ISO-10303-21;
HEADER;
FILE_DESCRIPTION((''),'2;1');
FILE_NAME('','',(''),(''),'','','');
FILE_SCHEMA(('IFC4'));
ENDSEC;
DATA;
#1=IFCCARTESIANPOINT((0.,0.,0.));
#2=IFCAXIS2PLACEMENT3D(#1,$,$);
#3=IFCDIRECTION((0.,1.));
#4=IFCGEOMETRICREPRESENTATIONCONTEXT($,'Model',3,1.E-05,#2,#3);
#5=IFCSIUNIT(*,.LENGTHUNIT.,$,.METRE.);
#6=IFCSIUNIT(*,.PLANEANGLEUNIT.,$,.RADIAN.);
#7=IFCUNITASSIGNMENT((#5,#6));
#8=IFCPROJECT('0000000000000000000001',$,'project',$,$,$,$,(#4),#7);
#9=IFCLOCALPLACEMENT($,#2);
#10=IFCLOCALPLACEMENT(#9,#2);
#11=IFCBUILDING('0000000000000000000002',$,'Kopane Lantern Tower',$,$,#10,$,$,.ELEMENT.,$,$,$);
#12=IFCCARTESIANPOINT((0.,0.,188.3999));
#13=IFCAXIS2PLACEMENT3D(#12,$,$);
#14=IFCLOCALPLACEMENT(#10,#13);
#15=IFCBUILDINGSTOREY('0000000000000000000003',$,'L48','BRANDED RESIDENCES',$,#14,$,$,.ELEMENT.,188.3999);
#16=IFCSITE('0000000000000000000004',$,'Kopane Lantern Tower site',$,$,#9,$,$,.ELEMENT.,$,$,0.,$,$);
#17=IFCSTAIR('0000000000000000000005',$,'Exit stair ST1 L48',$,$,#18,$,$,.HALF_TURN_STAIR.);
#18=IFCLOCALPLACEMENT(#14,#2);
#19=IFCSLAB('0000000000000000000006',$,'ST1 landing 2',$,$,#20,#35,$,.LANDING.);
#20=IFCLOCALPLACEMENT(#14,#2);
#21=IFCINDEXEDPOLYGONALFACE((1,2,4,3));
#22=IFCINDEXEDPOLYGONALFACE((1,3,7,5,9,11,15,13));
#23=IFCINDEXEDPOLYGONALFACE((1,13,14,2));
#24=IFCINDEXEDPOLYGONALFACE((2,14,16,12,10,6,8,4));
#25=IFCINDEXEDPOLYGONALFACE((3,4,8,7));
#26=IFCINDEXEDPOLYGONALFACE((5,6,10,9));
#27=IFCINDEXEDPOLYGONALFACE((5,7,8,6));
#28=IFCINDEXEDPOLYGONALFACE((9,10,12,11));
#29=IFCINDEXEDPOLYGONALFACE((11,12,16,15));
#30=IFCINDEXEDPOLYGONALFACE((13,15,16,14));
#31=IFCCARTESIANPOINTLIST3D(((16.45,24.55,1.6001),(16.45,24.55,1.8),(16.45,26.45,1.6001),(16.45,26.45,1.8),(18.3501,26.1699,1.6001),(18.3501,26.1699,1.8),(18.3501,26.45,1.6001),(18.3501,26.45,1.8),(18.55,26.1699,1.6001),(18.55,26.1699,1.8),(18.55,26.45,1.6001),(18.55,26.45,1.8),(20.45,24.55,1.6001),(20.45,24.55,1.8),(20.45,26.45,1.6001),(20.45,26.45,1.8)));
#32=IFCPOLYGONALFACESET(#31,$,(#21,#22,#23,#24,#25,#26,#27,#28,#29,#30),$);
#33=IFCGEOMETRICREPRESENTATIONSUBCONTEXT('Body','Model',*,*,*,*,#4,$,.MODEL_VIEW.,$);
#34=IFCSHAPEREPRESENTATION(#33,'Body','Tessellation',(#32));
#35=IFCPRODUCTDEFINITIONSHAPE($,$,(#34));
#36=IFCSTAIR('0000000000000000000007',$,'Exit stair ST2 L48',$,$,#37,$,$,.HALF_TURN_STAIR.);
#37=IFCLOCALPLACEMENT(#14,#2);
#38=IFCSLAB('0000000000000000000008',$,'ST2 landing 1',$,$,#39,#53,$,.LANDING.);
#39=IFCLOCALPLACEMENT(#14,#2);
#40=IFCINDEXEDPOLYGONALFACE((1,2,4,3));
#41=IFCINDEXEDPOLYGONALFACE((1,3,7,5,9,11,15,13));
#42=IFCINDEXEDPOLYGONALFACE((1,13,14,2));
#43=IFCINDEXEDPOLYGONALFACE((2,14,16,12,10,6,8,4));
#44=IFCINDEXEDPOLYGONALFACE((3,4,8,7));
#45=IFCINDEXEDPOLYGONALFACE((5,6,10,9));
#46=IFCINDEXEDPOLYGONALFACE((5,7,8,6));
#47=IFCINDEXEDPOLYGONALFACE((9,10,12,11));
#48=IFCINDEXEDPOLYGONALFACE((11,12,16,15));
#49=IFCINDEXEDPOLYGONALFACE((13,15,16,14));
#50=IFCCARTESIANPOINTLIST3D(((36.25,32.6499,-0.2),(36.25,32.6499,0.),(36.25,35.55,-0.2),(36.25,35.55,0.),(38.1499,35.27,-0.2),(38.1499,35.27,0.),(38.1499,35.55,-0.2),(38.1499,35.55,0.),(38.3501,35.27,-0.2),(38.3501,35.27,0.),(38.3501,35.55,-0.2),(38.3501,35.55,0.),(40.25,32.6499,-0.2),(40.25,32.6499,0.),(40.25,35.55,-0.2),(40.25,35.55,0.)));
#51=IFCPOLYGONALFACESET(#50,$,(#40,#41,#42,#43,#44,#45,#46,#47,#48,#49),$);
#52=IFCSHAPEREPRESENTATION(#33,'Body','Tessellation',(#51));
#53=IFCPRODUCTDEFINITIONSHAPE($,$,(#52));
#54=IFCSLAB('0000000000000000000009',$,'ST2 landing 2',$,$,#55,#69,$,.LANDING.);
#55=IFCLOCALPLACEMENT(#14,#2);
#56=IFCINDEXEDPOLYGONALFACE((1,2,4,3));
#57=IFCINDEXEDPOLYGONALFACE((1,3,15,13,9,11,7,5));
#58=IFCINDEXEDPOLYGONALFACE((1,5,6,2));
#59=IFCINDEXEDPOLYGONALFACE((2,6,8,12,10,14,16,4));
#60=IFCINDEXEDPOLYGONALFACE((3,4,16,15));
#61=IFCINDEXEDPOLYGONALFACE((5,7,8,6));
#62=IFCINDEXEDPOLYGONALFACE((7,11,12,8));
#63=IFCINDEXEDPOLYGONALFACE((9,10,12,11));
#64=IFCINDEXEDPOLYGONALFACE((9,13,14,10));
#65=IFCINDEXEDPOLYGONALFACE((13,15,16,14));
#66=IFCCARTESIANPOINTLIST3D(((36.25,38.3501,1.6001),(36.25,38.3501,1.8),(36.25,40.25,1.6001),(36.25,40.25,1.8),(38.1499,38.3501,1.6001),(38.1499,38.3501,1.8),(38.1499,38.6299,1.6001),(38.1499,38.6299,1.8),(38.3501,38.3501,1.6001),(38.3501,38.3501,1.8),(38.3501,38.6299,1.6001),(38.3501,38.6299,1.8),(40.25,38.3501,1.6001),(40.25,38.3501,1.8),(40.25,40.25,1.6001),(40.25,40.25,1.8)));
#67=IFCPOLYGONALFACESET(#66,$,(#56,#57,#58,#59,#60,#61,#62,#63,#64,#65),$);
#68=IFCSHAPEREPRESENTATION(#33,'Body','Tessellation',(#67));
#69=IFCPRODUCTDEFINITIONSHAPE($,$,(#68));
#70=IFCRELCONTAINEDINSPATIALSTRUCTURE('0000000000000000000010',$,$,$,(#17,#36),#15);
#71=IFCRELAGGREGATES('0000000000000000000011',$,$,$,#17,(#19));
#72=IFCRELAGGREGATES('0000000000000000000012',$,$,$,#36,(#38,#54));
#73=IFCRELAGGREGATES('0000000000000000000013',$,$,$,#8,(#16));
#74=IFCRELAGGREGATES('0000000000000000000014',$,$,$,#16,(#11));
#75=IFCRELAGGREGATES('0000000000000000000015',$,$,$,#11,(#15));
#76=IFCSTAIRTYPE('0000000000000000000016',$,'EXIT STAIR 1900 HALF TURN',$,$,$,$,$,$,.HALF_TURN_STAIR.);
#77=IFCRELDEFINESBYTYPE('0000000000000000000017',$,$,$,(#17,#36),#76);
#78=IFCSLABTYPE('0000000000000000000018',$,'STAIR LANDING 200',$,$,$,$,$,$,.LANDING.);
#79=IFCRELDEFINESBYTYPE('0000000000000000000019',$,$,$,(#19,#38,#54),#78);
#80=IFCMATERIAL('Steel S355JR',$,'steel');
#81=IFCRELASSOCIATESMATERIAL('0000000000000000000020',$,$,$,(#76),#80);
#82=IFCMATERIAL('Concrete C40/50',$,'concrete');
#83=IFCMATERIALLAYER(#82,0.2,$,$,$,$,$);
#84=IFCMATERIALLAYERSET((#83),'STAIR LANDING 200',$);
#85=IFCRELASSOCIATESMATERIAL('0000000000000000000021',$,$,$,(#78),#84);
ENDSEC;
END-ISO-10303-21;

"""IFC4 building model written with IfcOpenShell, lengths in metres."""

from ifc_helpers import new_model, si_unit, direction, frame, origin, place, context, subcontext, project, spatial, polyline, outline, extrude, material, layer, layer_set, type_object, element, aggregate, save


model = new_model("IFC4")

# Units and contexts
model_context = context("Model", 3, precision=1e-05, world=origin(), true_north=direction((0.0, 1.0)))
body_context = subcontext(model_context, "Body", "Model", "MODEL_VIEW")
ifc_project = project(units=[si_unit("LENGTHUNIT", "METRE"), si_unit("PLANEANGLEUNIT", "RADIAN")], contexts=[model_context])

# Site, building, storey
site_placement = place(None, origin())
site = spatial("IfcSite", under=ifc_project, at=site_placement, Name="Kopane Lantern Tower site", CompositionType="ELEMENT", RefElevation=0.0)
building_placement = place(site_placement, origin())
building = spatial("IfcBuilding", under=site, at=building_placement, Name="Kopane Lantern Tower", CompositionType="ELEMENT")
storey_placement = place(building_placement, frame((0.0, 0.0, 188.3999)))
storey = spatial("IfcBuildingStorey", under=building, at=storey_placement, Name="L48", Description="BRANDED RESIDENCES", CompositionType="ELEMENT", Elevation=188.3999)

# Stairs, slabs
ifc_material_1 = material(Name="Steel S355JR", Category="steel")
stair_type = type_object("IfcStairType", Name="EXIT STAIR 1900 HALF TURN", PredefinedType="HALF_TURN_STAIR", material=ifc_material_1)
stair_1_placement = place(storey_placement, origin())
stair_1 = element("IfcStair", 1, at=stair_1_placement, inside=storey, type_object=stair_type, Name="Exit stair ST1 L48", PredefinedType="HALF_TURN_STAIR")
ifc_material_2 = material(Name="Concrete C40/50", Category="concrete")
ifc_layer_1 = layer(ifc_material_2, 0.2)
ifc_layer_set_1 = layer_set([ifc_layer_1], Name="STAIR LANDING 200")
slab_type_1 = type_object("IfcSlabType", Name="STAIR LANDING 200", PredefinedType="LANDING", material=ifc_layer_set_1)
slab_1_placement = place(storey_placement, frame((0.0, 0.0, 1.6001)))
slab_1 = element("IfcSlab", 2, at=slab_1_placement, type_object=slab_type_1, Name="ST1 landing 2", PredefinedType="LANDING", context=body_context, shape_type="SweptSolid", body=[
    extrude(outline(polyline([(20.45, 26.45), (18.55, 26.45), (18.55, 26.1699), (18.3501, 26.1699), (18.3501, 26.45), (16.45, 26.45), (16.45, 24.55), (20.45, 24.55), (20.45, 26.45)])), origin(), (0.0, 0.0, 1.0), 0.2),
])
aggregate(stair_1, [slab_1])
stair_2_placement = place(storey_placement, origin())
stair_2 = element("IfcStair", 3, at=stair_2_placement, inside=storey, type_object=stair_type, Name="Exit stair ST2 L48", PredefinedType="HALF_TURN_STAIR")
slab_2_placement = place(storey_placement, frame((0.0, 0.0, -0.2)))
slab_2 = element("IfcSlab", 4, at=slab_2_placement, type_object=slab_type_1, Name="ST2 landing 1", PredefinedType="LANDING", context=body_context, shape_type="SweptSolid", body=[
    extrude(outline(polyline([(40.25, 35.55), (38.3501, 35.55), (38.3501, 35.27), (38.1499, 35.27), (38.1499, 35.55), (36.25, 35.55), (36.25, 32.6499), (40.25, 32.6499), (40.25, 35.55)])), origin(), (0.0, 0.0, 1.0), 0.2),
])
slab_3_placement = place(storey_placement, frame((0.0, 0.0, 1.6001)))
slab_3 = element("IfcSlab", 5, at=slab_3_placement, type_object=slab_type_1, Name="ST2 landing 2", PredefinedType="LANDING", context=body_context, shape_type="SweptSolid", body=[
    extrude(outline(polyline([(38.1499, 38.6299), (38.3501, 38.6299), (38.3501, 38.3501), (40.25, 38.3501), (40.25, 40.25), (36.25, 40.25), (36.25, 38.3501), (38.1499, 38.3501), (38.1499, 38.6299)])), origin(), (0.0, 0.0, 1.0), 0.2),
])
aggregate(stair_2, [slab_2, slab_3])

save(model, "model.ifc")
